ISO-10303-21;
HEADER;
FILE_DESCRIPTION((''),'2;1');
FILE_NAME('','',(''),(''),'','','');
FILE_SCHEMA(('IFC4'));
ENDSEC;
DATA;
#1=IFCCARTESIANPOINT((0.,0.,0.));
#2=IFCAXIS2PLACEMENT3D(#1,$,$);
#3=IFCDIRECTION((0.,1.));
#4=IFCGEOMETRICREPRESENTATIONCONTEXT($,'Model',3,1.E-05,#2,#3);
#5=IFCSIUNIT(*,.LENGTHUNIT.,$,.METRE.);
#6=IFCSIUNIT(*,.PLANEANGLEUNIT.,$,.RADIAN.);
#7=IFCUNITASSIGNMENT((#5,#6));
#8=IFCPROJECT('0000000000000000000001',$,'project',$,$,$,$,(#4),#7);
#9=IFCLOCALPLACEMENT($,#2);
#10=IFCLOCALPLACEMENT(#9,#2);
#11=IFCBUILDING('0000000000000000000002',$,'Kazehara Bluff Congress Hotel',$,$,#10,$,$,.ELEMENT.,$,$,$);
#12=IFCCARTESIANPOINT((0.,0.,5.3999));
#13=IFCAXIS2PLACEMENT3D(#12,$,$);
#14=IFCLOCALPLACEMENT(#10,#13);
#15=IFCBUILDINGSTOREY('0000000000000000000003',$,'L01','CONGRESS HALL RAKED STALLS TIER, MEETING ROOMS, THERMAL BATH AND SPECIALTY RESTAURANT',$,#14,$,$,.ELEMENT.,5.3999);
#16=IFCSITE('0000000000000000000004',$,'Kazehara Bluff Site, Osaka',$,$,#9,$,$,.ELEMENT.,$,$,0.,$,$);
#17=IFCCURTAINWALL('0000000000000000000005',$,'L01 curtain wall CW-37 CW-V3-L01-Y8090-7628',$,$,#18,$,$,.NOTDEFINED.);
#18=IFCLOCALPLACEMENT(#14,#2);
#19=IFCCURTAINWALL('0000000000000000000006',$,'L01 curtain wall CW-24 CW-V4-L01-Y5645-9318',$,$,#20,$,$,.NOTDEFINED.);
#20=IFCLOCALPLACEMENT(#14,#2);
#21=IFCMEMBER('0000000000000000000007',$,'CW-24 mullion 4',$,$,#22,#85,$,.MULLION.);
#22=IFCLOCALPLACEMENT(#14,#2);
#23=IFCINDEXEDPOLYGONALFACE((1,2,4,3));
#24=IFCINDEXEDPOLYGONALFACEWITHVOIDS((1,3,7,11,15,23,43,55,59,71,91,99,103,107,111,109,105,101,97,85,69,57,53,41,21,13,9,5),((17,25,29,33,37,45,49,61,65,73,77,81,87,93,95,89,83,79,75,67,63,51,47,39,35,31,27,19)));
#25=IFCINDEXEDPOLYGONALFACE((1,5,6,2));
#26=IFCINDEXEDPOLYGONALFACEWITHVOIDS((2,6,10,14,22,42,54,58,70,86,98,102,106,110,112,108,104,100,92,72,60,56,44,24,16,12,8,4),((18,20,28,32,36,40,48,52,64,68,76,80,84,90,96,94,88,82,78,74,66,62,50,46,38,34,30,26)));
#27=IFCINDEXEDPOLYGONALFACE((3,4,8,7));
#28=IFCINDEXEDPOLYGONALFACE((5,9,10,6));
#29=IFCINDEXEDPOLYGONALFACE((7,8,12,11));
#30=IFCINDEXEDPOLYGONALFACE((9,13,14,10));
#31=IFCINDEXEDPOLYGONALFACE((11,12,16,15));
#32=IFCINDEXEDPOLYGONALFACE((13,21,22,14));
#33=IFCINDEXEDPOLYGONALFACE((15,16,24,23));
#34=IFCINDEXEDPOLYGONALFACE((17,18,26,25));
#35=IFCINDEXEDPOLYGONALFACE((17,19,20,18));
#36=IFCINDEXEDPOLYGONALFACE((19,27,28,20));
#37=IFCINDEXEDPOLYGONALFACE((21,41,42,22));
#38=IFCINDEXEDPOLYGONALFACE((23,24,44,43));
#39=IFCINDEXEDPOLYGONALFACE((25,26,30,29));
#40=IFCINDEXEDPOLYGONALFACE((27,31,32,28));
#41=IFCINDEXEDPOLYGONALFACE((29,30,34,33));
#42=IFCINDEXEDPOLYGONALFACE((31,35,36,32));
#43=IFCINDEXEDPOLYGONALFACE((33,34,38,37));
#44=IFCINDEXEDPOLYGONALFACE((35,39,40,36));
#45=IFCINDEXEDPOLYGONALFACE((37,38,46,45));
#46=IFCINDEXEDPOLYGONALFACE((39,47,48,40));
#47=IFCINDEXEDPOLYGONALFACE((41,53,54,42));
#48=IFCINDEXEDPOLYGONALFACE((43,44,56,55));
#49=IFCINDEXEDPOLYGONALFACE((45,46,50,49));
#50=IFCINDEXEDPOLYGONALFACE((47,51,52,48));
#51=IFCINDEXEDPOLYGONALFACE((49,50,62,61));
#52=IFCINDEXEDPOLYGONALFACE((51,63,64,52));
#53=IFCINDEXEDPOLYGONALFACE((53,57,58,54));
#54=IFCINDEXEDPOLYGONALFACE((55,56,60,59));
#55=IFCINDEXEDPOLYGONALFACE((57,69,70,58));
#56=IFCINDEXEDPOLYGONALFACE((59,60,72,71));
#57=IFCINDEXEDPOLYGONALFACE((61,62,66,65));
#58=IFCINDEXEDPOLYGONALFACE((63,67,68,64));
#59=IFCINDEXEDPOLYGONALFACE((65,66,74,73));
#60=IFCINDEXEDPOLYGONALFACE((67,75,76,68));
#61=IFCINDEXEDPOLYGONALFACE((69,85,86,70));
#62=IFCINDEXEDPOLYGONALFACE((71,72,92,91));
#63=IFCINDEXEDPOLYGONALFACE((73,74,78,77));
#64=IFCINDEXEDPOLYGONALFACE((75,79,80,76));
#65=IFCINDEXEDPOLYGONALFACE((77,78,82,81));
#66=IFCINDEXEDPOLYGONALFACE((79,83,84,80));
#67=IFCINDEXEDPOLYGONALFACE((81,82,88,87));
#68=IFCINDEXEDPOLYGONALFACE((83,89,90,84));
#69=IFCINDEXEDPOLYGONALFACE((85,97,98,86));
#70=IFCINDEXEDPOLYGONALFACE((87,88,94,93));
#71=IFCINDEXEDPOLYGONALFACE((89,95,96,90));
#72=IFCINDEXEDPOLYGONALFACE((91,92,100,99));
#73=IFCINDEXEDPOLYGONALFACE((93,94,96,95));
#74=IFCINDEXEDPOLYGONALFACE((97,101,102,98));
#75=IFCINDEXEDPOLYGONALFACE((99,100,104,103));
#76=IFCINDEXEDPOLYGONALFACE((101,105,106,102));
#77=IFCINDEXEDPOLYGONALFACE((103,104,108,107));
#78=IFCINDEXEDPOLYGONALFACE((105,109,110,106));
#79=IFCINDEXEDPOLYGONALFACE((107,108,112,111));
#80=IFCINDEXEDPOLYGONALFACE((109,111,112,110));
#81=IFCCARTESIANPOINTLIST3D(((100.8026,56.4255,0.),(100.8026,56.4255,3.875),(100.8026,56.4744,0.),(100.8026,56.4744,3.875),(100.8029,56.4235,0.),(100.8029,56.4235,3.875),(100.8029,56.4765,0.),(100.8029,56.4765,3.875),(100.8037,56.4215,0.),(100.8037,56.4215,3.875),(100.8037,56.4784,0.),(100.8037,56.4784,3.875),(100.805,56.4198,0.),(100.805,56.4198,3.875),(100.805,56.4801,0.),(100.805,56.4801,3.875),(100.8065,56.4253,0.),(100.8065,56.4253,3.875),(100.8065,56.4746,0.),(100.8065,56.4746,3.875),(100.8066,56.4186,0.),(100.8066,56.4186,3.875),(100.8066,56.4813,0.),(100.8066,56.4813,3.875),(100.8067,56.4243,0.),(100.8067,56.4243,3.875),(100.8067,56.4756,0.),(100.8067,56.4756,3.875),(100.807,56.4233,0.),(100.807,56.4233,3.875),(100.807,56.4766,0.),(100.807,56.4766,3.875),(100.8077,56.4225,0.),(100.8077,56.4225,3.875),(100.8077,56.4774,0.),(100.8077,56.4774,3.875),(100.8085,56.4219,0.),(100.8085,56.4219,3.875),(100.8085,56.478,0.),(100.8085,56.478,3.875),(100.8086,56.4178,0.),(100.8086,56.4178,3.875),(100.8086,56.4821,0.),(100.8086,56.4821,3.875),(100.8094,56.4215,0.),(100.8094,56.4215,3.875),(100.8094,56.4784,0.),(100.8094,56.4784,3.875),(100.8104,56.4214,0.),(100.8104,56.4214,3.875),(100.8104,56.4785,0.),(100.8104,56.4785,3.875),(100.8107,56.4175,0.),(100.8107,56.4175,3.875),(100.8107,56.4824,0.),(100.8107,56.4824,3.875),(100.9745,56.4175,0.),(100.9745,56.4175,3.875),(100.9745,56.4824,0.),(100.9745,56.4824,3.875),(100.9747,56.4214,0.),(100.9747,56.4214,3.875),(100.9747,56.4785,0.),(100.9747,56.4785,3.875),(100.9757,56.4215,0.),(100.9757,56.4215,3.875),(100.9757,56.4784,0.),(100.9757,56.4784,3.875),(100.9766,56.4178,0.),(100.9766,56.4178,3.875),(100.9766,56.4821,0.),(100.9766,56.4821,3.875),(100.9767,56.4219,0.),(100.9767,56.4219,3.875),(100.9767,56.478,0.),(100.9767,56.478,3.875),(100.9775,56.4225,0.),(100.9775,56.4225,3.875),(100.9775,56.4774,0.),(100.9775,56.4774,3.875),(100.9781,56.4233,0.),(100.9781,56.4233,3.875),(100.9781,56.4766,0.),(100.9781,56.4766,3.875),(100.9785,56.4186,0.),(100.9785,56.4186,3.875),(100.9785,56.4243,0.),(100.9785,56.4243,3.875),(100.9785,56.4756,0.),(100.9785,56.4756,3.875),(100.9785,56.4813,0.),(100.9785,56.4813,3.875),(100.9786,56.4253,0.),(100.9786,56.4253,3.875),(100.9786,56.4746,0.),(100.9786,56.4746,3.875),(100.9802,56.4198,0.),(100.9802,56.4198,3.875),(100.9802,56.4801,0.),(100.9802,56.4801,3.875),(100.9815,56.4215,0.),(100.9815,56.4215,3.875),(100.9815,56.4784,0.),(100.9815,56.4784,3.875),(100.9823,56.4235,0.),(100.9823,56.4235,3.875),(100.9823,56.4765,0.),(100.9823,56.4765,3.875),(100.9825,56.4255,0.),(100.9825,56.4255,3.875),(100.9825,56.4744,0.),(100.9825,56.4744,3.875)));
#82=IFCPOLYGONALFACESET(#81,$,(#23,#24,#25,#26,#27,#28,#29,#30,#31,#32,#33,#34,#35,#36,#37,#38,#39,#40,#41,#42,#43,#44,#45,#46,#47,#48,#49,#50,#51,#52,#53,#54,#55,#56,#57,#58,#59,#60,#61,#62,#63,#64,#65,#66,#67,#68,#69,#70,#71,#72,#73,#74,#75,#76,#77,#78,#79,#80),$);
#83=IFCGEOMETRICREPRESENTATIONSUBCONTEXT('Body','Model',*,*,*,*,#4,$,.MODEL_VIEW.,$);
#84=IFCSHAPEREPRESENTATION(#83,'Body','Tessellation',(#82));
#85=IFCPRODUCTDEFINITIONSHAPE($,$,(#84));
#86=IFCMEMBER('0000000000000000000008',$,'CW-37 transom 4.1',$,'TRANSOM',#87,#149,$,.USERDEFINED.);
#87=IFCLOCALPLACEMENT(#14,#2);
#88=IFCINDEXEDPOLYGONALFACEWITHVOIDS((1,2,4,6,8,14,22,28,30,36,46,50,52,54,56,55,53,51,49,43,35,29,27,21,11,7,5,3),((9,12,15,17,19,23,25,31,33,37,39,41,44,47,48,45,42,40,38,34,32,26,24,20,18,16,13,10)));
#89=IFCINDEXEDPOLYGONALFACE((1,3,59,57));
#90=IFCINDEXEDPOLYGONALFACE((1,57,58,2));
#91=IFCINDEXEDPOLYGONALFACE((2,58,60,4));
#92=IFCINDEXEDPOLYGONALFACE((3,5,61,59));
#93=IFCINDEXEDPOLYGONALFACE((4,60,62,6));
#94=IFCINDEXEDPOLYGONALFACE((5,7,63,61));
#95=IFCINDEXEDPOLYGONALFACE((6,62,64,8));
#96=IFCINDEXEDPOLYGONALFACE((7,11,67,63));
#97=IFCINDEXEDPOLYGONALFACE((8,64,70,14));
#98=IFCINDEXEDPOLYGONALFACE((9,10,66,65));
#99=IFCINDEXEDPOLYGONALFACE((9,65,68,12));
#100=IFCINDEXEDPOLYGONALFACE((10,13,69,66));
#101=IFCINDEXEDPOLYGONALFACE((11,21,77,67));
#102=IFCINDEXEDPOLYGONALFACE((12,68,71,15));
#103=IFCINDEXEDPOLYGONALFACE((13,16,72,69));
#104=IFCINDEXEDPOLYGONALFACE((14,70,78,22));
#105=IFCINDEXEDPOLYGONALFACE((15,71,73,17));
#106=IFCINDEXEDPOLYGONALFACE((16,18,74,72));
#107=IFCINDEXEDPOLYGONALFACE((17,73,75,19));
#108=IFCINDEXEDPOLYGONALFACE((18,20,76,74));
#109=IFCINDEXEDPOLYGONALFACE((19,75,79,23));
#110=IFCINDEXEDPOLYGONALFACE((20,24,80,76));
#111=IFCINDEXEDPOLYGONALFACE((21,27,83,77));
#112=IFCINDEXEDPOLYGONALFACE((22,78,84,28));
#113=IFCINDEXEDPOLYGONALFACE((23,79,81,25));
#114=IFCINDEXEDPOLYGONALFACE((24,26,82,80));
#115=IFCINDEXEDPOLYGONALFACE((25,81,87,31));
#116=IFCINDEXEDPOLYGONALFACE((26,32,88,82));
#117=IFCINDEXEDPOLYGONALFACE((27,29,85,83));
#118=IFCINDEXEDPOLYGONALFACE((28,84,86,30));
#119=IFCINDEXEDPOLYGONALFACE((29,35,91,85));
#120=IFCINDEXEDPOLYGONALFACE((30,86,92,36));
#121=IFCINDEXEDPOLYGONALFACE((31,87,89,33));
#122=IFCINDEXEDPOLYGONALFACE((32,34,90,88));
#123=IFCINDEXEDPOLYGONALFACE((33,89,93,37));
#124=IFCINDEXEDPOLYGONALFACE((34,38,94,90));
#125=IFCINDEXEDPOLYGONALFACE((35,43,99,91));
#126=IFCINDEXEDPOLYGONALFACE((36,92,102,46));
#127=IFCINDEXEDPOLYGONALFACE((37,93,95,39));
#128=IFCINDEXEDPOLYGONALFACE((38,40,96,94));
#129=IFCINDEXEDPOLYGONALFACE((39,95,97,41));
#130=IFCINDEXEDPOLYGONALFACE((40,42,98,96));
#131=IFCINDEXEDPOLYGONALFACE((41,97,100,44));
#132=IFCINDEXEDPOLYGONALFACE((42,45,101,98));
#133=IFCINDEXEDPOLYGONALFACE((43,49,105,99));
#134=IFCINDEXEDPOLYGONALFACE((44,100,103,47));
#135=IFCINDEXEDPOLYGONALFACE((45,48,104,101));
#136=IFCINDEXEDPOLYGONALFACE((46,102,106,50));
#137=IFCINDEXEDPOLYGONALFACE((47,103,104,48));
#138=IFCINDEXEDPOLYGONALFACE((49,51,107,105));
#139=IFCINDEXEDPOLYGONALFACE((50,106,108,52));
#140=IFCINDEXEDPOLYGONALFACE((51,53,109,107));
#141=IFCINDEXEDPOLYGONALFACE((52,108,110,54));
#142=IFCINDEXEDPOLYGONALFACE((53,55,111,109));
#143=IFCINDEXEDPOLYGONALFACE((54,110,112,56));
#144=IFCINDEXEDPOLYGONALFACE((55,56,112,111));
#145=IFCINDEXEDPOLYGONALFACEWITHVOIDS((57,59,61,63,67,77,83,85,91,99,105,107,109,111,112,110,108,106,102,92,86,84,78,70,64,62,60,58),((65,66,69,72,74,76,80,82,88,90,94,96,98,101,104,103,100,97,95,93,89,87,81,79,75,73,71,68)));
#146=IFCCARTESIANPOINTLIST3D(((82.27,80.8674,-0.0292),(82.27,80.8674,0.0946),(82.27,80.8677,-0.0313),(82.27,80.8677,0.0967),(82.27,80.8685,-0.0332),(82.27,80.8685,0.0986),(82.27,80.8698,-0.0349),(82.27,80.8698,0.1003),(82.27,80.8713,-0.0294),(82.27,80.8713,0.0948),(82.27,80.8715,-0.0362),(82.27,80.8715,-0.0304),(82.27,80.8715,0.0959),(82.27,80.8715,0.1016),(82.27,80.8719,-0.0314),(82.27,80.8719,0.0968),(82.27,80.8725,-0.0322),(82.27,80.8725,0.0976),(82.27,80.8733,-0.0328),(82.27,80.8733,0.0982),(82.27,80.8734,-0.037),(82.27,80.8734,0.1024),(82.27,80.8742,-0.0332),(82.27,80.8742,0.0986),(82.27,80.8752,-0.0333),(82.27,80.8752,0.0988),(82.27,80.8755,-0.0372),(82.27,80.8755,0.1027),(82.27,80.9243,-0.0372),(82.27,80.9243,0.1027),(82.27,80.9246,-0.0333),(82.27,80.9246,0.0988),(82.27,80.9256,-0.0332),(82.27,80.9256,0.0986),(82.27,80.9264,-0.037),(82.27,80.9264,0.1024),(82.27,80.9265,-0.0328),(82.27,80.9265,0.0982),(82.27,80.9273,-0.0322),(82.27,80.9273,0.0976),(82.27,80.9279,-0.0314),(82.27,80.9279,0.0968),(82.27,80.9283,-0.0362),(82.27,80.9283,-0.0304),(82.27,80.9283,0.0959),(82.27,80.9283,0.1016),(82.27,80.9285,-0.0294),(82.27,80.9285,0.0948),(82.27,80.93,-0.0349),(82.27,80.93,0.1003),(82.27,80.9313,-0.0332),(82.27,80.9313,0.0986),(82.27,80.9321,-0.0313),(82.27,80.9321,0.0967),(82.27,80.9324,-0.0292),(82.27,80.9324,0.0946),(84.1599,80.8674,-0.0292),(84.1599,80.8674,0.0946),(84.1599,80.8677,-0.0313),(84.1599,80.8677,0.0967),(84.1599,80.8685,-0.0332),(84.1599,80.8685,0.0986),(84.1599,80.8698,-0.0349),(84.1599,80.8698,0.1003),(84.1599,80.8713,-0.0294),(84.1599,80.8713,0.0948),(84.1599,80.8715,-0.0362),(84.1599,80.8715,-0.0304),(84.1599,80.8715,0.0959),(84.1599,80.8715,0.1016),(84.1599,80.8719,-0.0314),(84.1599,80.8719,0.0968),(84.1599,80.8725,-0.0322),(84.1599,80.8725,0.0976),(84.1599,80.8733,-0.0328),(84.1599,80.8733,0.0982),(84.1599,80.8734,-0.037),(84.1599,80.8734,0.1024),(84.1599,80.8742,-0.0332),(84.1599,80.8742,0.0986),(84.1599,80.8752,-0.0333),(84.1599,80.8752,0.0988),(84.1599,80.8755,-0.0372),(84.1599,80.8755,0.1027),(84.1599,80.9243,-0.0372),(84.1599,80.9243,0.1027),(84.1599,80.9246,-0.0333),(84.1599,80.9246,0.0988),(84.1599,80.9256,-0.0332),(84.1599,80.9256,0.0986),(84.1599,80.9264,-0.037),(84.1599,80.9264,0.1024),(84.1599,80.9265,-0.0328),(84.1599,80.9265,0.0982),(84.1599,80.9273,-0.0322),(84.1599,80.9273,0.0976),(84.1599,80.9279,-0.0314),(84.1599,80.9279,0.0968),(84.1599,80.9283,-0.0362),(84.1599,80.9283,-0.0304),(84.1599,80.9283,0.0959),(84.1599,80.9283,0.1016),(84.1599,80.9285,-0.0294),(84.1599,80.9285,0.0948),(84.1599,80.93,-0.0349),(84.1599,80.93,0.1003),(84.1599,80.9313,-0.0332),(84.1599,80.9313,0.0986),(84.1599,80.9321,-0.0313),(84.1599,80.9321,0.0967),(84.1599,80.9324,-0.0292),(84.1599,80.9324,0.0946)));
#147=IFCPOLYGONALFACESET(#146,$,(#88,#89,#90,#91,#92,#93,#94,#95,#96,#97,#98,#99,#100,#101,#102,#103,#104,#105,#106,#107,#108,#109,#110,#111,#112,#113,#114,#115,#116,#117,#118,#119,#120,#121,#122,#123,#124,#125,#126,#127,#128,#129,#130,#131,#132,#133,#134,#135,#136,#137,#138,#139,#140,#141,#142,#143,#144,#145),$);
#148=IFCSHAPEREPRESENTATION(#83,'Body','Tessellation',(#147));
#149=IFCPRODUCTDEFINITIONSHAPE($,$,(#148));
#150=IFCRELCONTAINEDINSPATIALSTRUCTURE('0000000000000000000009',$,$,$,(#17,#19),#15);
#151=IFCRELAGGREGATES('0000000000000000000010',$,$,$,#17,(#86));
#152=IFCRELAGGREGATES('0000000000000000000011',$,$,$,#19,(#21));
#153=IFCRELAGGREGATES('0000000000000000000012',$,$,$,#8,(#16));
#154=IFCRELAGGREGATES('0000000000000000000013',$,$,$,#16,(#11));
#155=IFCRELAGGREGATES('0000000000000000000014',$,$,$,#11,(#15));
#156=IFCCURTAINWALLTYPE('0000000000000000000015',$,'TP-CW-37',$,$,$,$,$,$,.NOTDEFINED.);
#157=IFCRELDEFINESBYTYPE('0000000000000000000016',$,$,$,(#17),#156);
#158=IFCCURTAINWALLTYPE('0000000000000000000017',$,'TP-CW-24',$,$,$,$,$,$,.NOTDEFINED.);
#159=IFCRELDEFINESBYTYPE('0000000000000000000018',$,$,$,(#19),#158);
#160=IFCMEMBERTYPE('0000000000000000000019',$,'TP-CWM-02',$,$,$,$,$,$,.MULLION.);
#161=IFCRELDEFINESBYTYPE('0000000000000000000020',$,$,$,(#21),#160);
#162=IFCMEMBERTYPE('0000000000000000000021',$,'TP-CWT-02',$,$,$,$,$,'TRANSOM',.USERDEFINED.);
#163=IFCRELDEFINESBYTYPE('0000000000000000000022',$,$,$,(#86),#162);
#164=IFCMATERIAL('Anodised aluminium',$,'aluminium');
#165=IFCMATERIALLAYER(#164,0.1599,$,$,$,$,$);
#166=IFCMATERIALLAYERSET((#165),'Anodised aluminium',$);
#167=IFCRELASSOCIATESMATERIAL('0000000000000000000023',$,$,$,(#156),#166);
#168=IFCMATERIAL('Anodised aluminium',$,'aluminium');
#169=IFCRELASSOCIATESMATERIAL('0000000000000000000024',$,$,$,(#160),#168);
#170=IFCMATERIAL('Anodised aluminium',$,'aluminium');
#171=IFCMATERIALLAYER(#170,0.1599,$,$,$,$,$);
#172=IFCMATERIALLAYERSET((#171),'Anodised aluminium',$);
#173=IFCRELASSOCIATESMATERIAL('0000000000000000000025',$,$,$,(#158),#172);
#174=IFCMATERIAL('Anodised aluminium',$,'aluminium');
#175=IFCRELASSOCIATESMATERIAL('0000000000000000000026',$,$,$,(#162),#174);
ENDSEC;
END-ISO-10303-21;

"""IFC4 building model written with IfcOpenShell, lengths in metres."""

from ifc_helpers import new_model, si_unit, direction, frame, origin, origin_2d, place, context, subcontext, project, spatial, hollow_rectangle, extrude, material, layer, layer_set, material_profile, profile_set, type_object, element, aggregate, save


model = new_model("IFC4")

# Units and contexts
model_context = context("Model", 3, precision=1e-05, world=origin(), true_north=direction((0.0, 1.0)))
body_context = subcontext(model_context, "Body", "Model", "MODEL_VIEW")
ifc_project = project(units=[si_unit("LENGTHUNIT", "METRE"), si_unit("PLANEANGLEUNIT", "RADIAN")], contexts=[model_context])

# Site, building, storey
site_placement = place(None, origin())
site = spatial("IfcSite", under=ifc_project, at=site_placement, Name="Kazehara Bluff Site, Osaka", CompositionType="ELEMENT", RefElevation=0.0)
building_placement = place(site_placement, origin())
building = spatial("IfcBuilding", under=site, at=building_placement, Name="Kazehara Bluff Congress Hotel", CompositionType="ELEMENT")
storey_placement = place(building_placement, frame((0.0, 0.0, 5.3999)))
storey = spatial("IfcBuildingStorey", under=building, at=storey_placement, Name="L01", Description="CONGRESS HALL RAKED STALLS TIER, MEETING ROOMS, THERMAL BATH AND SPECIALTY RESTAURANT", CompositionType="ELEMENT", Elevation=5.3999)

# Curtain wall
ifc_material_1 = material(Name="Anodised aluminium", Category="aluminium")
ifc_layer_1 = layer(ifc_material_1, 0.1599)
ifc_layer_set_1 = layer_set([ifc_layer_1], Name="Anodised aluminium")
curtain_wall_type_1 = type_object("IfcCurtainWallType", Name="TP-CW-37", PredefinedType="NOTDEFINED", material=ifc_layer_set_1)
curtain_wall_1_placement = place(storey_placement, origin())
curtain_wall_1 = element("IfcCurtainWall", 1, at=curtain_wall_1_placement, inside=storey, type_object=curtain_wall_type_1, Name="L01 curtain wall CW-37 CW-V3-L01-Y8090-7628", PredefinedType="NOTDEFINED")
ifc_material_2 = material(Name="Anodised aluminium", Category="aluminium")
ifc_material_profile_1 = material_profile(ifc_material_2, hollow_rectangle(XDim=0.0649, YDim=0.1799, WallThickness=0.0039, InnerFilletRadius=0.0039, OuterFilletRadius=0.0081, at=origin_2d()))
ifc_profile_set_1 = profile_set([ifc_material_profile_1], Name="Anodised aluminium")
member_type_1 = type_object("IfcMemberType", Name="TP-CWM-02", PredefinedType="MULLION", material=ifc_profile_set_1)

# Curtain wall, member
ifc_material_3 = material(Name="Anodised aluminium", Category="aluminium")
ifc_layer_2 = layer(ifc_material_3, 0.1599)
ifc_layer_set_2 = layer_set([ifc_layer_2], Name="Anodised aluminium")
curtain_wall_type_2 = type_object("IfcCurtainWallType", Name="TP-CW-24", PredefinedType="NOTDEFINED", material=ifc_layer_set_2)
curtain_wall_2_placement = place(storey_placement, origin())
curtain_wall_2 = element("IfcCurtainWall", 2, at=curtain_wall_2_placement, inside=storey, type_object=curtain_wall_type_2, Name="L01 curtain wall CW-24 CW-V4-L01-Y5645-9318", PredefinedType="NOTDEFINED")
member_1_placement = place(storey_placement, frame((100.8926, 56.45, 0.0), z_axis=(0.0, 0.0, 1.0), x_axis=(0.0, 1.0, 0.0)))
member_1 = element("IfcMember", 3, at=member_1_placement, type_object=member_type_1, Name="CW-24 mullion 4", PredefinedType="MULLION", context=body_context, shape_type="SweptSolid", body=[
    extrude(hollow_rectangle(XDim=0.0649, YDim=0.1799, WallThickness=0.0039, InnerFilletRadius=0.0039, OuterFilletRadius=0.0081, at=origin_2d()), origin(), (0.0, 0.0, 1.0), 3.875),
])

# Member
ifc_material_4 = material(Name="Anodised aluminium", Category="aluminium")
ifc_material_profile_2 = material_profile(ifc_material_4, hollow_rectangle(XDim=0.0649, YDim=0.1399, WallThickness=0.0039, InnerFilletRadius=0.0039, OuterFilletRadius=0.0081, at=origin_2d()))
ifc_profile_set_2 = profile_set([ifc_material_profile_2], Name="Anodised aluminium")
member_type_2 = type_object("IfcMemberType", Name="TP-CWT-02", ElementType="TRANSOM", PredefinedType="USERDEFINED", material=ifc_profile_set_2)
member_2_placement = place(storey_placement, frame((82.27, 80.8999, 0.0327), z_axis=(1.0, 0.0, 0.0), x_axis=(0.0, 1.0, 0.0)))
member_2 = element("IfcMember", 4, at=member_2_placement, type_object=member_type_2, Name="CW-37 transom 4.1", ObjectType="TRANSOM", PredefinedType="USERDEFINED", context=body_context, shape_type="SweptSolid", body=[
    extrude(hollow_rectangle(XDim=0.0649, YDim=0.1399, WallThickness=0.0039, InnerFilletRadius=0.0039, OuterFilletRadius=0.0081, at=origin_2d()), origin(), (0.0, 0.0, 1.0), 1.8899),
])

aggregate(curtain_wall_1, [member_2])
aggregate(curtain_wall_2, [member_1])

save(model, "model.ifc")
